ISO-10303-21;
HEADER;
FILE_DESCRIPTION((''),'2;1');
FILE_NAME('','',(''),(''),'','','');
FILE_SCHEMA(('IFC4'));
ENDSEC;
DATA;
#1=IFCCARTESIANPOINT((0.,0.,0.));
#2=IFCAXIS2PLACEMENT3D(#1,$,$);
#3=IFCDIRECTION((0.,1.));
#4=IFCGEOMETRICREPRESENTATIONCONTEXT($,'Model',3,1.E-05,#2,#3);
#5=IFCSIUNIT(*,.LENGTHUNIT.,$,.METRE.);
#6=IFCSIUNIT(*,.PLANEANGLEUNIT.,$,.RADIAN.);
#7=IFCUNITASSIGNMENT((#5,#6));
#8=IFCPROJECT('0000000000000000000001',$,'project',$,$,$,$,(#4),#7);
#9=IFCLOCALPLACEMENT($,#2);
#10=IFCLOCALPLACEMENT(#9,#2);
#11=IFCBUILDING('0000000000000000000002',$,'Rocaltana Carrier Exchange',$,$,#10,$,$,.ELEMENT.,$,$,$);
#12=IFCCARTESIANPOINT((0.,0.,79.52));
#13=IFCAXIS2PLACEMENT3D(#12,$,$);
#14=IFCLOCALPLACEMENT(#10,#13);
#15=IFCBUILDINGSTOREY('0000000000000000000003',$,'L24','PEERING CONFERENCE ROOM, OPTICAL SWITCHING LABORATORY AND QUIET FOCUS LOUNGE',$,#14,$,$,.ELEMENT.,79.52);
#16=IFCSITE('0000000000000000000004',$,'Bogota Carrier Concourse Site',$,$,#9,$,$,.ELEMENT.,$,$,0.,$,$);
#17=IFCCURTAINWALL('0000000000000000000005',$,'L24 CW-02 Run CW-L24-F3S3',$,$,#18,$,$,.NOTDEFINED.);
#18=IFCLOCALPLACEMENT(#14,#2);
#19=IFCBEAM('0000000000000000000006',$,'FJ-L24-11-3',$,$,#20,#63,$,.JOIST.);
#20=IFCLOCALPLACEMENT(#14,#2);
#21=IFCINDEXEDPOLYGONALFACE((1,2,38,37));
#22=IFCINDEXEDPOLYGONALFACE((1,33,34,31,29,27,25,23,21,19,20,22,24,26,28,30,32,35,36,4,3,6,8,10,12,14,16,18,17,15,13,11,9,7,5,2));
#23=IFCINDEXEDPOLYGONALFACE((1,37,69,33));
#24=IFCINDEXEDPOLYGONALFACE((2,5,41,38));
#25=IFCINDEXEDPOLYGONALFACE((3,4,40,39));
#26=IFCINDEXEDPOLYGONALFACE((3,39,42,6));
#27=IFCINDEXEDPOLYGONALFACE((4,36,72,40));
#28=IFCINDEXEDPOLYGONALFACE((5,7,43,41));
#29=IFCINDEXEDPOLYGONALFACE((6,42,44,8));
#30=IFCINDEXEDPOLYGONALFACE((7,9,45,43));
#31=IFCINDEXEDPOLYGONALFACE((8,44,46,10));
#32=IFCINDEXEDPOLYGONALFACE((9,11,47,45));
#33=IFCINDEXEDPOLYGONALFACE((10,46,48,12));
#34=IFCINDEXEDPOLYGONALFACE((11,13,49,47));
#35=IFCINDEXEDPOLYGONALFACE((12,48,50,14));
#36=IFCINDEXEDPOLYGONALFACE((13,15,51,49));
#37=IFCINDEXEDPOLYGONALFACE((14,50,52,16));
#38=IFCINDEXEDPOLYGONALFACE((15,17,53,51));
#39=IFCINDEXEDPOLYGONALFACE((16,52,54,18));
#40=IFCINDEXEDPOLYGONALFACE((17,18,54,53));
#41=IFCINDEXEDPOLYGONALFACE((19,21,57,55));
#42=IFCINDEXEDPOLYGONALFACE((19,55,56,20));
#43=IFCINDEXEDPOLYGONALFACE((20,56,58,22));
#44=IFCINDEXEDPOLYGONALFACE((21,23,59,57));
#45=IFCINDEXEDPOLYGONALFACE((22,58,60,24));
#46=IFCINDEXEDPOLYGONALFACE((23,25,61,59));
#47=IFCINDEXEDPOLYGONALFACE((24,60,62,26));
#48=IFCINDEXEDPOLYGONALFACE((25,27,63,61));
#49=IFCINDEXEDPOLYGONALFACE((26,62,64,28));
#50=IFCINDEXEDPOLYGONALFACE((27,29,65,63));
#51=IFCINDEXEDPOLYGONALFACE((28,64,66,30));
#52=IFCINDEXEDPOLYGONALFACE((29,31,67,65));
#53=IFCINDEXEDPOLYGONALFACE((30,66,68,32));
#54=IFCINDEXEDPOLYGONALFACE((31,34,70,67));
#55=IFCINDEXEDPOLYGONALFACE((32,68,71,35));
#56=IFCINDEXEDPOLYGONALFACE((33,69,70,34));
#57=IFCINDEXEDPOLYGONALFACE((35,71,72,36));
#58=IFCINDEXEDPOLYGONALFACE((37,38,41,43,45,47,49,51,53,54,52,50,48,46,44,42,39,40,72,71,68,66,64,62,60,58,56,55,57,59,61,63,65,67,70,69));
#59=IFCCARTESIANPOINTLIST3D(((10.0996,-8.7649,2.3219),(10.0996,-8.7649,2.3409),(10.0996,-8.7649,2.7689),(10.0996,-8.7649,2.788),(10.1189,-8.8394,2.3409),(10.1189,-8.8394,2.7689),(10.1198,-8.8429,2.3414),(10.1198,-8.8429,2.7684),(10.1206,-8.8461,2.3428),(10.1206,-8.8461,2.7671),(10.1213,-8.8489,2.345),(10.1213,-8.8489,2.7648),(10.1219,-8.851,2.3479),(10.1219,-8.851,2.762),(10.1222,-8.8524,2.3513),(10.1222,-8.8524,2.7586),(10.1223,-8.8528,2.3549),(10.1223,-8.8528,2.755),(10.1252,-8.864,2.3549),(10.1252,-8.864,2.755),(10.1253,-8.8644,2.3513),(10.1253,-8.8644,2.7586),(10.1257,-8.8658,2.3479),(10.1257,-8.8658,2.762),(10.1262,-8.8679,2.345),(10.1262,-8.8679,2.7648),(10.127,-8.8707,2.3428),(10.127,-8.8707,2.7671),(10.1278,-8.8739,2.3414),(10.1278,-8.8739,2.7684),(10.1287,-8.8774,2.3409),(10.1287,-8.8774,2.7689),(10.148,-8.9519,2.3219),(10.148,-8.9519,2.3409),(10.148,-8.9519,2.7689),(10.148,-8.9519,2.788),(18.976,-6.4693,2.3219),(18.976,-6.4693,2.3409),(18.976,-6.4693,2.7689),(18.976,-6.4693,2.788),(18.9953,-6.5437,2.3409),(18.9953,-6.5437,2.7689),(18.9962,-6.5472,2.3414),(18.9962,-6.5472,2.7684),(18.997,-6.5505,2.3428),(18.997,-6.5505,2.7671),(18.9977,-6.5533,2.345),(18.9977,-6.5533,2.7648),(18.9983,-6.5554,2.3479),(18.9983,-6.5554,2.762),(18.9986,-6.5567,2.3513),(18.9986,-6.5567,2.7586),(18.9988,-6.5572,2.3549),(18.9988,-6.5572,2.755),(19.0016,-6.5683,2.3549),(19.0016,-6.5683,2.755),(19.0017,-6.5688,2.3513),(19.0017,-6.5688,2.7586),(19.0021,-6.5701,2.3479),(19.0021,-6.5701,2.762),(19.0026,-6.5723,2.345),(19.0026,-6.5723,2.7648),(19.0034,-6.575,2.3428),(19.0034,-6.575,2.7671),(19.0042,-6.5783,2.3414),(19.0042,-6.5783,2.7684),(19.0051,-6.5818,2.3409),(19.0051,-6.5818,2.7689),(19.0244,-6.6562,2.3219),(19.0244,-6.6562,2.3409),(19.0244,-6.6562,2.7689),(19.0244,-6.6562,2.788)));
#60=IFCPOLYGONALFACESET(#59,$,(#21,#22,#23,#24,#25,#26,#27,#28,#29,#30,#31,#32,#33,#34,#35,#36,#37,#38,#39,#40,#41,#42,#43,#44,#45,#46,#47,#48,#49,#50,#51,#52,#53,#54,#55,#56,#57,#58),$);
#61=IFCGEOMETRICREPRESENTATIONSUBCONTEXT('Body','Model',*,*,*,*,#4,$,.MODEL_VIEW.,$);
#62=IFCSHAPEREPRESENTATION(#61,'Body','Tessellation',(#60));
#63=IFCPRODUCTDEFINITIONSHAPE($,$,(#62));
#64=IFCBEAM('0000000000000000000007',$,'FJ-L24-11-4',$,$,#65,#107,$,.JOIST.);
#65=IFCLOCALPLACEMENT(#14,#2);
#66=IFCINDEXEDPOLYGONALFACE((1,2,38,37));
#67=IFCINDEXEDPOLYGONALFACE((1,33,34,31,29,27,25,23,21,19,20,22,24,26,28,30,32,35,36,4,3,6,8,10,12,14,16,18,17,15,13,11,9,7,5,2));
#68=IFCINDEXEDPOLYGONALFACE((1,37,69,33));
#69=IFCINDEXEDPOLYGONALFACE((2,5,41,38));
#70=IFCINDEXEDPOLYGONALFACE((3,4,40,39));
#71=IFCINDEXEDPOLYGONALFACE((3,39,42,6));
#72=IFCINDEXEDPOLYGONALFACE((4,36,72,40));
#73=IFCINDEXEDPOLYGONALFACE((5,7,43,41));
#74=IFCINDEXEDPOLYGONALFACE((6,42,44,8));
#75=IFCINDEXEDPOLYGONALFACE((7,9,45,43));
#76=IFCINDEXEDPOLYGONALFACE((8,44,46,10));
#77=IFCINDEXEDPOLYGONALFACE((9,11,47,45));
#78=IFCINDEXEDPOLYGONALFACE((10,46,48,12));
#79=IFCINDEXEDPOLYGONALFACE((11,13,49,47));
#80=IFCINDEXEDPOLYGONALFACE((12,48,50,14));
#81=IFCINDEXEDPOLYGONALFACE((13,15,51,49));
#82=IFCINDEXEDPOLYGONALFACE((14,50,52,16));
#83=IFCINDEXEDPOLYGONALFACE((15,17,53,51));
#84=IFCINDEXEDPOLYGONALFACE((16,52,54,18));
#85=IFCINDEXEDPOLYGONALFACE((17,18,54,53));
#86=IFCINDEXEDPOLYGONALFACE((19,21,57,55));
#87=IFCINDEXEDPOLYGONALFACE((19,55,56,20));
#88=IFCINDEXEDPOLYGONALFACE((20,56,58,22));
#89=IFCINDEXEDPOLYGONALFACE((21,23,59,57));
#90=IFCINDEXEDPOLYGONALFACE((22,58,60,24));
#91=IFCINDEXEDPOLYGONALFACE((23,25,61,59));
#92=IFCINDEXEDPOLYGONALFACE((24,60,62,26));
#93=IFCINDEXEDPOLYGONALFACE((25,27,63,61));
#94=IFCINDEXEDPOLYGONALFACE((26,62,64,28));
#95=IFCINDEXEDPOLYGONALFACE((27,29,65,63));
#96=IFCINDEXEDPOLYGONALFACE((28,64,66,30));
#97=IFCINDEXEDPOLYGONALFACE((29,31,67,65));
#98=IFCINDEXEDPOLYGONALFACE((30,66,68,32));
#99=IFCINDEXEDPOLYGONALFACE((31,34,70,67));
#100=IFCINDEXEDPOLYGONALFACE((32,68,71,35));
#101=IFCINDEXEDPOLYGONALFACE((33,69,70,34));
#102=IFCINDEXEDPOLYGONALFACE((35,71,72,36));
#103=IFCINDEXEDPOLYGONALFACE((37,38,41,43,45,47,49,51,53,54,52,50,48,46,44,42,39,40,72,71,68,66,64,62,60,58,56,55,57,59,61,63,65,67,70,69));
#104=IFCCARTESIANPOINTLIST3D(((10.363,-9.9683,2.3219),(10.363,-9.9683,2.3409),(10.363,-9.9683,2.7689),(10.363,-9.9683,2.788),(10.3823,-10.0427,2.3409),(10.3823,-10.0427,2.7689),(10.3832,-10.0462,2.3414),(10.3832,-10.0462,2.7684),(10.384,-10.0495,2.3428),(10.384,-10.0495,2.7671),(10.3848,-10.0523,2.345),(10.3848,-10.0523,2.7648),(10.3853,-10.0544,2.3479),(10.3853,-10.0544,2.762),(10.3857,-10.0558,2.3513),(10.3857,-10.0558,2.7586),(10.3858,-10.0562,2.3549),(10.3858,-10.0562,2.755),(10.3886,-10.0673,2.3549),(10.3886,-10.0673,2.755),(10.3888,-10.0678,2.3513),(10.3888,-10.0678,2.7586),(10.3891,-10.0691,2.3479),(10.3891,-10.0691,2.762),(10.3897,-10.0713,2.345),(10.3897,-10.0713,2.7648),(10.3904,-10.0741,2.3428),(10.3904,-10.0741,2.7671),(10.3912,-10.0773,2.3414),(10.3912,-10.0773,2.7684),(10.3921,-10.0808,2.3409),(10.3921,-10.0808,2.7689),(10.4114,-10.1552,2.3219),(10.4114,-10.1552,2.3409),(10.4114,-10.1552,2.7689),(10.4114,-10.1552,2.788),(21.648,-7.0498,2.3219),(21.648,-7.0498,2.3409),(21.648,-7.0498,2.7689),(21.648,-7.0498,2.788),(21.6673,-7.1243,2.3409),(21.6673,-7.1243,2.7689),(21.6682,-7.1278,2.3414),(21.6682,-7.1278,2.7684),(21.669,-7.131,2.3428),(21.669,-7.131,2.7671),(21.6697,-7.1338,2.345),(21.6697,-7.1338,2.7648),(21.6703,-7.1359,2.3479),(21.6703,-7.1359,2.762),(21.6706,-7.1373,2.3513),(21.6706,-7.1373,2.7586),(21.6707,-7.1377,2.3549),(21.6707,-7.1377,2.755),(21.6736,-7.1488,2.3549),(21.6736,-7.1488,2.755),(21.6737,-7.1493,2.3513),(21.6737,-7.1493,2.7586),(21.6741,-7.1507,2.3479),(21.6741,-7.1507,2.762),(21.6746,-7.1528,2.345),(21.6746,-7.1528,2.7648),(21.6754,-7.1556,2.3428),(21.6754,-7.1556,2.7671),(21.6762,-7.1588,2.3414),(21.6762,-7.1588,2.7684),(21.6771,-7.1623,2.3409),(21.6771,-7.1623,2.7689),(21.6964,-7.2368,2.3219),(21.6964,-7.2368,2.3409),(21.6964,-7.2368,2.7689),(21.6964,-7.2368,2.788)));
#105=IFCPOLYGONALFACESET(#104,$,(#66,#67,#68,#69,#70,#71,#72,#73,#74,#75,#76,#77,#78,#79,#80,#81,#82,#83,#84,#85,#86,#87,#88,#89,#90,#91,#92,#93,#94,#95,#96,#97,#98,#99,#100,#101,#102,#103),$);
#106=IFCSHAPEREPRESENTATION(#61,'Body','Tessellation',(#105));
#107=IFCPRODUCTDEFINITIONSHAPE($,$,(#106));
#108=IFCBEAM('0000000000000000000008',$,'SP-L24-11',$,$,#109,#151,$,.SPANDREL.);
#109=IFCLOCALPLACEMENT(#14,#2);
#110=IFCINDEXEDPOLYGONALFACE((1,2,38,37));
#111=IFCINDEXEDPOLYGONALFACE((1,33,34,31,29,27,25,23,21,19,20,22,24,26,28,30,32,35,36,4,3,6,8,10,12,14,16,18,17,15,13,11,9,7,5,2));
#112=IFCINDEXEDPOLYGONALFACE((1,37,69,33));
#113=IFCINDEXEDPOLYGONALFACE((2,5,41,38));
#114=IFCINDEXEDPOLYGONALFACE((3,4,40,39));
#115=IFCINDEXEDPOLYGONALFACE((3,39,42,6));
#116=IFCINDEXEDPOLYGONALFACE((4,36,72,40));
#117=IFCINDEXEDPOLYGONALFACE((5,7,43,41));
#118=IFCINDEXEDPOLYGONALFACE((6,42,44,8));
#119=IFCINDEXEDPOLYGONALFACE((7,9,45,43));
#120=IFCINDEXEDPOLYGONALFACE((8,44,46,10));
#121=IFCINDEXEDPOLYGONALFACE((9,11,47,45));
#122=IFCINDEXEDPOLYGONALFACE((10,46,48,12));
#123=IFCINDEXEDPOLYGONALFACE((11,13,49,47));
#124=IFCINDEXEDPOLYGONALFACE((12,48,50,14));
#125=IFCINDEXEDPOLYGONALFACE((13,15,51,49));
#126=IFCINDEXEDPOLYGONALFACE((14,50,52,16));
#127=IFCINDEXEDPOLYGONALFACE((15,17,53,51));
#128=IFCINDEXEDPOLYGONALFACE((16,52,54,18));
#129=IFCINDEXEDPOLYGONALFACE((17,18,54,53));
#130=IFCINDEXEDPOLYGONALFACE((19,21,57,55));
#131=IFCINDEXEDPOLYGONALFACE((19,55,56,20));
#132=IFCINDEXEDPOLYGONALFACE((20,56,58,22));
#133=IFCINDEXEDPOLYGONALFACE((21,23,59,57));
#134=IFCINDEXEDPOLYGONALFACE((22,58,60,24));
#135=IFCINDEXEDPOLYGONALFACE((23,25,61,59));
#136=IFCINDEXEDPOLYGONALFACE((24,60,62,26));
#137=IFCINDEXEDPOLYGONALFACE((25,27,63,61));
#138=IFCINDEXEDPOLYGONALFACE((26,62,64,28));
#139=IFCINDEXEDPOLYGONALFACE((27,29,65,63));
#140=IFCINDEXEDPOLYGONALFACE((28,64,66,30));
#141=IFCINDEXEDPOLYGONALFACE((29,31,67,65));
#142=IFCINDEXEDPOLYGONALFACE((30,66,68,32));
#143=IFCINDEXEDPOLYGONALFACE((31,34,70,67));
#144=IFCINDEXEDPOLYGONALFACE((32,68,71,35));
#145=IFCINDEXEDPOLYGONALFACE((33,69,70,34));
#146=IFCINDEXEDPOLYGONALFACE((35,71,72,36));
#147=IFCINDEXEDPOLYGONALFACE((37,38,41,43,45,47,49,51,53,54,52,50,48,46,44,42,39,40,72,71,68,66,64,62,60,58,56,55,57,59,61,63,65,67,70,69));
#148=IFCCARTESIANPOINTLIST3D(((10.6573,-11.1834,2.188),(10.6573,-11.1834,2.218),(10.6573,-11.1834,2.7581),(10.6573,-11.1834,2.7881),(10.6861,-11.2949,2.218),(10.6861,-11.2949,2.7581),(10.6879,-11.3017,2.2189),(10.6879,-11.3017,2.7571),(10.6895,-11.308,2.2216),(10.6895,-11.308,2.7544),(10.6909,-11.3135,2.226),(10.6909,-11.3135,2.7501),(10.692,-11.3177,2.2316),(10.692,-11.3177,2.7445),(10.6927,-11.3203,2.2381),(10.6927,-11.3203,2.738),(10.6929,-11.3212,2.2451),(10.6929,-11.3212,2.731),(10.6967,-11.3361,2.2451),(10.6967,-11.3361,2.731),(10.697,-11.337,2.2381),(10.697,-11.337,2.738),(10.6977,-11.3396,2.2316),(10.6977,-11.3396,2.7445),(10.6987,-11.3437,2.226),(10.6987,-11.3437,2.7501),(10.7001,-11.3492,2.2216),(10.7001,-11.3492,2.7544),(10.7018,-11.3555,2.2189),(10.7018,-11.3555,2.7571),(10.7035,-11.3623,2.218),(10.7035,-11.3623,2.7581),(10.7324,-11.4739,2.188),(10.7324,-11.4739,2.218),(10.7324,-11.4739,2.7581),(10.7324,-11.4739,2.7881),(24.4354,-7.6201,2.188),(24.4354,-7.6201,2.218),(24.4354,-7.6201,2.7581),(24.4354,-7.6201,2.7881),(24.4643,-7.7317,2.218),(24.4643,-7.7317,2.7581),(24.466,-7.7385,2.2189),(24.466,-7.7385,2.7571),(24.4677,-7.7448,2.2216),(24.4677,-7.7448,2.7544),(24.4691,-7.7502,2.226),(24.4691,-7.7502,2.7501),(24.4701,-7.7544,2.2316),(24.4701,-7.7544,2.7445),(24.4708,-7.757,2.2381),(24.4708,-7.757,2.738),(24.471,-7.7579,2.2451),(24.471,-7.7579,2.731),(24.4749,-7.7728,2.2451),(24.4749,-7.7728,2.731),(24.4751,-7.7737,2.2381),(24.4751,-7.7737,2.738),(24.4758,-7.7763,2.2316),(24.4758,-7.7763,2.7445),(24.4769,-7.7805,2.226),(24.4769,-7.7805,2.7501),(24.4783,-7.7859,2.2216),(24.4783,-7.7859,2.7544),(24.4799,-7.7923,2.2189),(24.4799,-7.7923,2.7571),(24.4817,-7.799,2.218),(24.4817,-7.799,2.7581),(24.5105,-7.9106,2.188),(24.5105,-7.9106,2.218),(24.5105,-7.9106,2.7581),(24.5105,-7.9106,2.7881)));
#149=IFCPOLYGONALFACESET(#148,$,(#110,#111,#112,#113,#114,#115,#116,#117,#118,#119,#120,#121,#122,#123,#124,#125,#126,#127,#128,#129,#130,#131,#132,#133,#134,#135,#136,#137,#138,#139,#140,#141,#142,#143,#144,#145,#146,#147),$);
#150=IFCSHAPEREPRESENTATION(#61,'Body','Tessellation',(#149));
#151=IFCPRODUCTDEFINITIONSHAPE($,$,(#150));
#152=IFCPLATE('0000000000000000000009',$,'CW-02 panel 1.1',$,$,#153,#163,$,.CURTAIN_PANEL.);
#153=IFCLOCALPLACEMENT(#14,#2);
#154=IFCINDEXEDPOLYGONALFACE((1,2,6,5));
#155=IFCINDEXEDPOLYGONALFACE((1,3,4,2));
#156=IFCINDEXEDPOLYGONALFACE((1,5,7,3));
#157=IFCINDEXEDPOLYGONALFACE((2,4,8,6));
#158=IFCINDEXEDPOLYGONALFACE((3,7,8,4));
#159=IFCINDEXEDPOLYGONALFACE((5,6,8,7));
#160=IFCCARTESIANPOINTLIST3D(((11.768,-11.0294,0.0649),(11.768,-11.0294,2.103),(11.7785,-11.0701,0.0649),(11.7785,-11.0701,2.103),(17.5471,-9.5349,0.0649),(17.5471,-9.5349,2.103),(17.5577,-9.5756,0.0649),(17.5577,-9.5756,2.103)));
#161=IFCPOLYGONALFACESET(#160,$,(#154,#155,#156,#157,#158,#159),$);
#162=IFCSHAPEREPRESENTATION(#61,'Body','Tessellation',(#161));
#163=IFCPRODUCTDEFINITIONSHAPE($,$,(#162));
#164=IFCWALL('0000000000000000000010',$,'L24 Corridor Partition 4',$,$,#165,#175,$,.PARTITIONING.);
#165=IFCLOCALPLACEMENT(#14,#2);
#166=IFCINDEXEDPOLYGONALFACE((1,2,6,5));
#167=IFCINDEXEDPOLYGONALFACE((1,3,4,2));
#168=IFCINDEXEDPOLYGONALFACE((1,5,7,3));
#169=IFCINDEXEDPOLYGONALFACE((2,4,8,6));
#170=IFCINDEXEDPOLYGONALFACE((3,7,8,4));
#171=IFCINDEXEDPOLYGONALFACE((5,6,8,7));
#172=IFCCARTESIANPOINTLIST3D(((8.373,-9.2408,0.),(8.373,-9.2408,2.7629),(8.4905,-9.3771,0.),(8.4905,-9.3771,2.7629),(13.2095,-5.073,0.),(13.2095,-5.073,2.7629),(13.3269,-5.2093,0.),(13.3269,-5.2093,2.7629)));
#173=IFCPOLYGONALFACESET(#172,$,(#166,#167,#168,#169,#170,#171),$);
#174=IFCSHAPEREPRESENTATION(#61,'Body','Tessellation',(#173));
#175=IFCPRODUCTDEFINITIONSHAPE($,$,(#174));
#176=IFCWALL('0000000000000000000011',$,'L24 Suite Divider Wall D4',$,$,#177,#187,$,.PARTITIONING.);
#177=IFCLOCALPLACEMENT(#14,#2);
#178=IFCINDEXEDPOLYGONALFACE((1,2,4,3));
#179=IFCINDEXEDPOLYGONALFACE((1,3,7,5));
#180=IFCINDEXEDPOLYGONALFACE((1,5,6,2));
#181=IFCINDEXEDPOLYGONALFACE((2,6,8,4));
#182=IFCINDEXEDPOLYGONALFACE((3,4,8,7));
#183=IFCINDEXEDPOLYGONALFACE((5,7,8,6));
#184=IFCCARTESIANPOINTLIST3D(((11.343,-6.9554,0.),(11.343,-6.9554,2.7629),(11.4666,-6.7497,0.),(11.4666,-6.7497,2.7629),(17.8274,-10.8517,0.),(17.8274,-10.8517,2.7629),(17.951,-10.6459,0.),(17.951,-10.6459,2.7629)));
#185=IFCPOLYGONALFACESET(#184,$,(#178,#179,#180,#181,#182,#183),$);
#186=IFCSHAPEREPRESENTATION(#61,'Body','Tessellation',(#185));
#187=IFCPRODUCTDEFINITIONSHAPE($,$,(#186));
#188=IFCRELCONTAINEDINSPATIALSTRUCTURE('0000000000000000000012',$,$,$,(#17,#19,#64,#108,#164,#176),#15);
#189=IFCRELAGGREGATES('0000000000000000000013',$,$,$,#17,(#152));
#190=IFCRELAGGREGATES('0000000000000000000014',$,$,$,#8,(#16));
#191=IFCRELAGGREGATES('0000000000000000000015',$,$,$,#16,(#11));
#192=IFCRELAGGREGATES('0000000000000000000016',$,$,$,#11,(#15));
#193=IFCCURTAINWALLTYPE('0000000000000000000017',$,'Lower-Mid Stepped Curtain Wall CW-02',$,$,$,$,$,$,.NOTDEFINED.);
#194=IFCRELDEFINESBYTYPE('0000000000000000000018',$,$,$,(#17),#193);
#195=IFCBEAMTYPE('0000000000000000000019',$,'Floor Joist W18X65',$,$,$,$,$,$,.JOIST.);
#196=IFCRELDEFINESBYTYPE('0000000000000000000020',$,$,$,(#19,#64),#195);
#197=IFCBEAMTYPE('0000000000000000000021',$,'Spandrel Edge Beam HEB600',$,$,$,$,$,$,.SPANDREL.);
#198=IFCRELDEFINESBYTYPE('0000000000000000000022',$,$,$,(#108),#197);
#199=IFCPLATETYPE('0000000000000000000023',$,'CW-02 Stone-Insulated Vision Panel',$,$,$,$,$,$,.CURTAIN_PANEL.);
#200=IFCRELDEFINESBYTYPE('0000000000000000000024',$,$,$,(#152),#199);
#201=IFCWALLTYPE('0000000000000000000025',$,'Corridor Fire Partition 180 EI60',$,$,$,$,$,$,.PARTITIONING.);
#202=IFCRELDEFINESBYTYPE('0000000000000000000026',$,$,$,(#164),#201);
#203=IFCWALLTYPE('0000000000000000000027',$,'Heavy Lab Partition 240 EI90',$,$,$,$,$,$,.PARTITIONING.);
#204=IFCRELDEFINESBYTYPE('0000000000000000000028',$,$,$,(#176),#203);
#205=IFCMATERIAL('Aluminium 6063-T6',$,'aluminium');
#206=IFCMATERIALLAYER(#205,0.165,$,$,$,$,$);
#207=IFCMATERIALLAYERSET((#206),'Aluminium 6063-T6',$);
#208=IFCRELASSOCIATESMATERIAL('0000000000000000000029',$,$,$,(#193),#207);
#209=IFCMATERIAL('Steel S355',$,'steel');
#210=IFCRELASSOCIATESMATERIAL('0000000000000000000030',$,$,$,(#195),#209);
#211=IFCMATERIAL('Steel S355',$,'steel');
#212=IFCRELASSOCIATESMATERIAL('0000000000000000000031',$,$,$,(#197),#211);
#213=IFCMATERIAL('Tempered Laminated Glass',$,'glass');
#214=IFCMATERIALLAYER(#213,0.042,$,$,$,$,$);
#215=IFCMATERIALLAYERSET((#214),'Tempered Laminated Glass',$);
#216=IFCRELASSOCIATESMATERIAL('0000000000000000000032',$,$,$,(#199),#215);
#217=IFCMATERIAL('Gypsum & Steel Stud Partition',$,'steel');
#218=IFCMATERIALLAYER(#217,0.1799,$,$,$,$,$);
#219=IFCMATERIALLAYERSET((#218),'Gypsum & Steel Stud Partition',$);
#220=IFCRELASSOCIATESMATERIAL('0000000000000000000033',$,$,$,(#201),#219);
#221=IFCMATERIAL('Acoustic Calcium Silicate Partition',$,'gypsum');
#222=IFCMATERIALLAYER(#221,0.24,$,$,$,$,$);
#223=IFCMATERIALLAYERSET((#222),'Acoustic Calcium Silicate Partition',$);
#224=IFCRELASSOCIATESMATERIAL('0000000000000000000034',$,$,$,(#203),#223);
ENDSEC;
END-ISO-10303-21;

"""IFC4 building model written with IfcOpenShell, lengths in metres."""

from ifc_helpers import new_model, si_unit, direction, frame, frame_2d, origin, origin_2d, place, context, subcontext, project, spatial, rectangle, i_section, extrude, material, layer, layer_set, material_profile, profile_set, type_object, element, aggregate, save


model = new_model("IFC4")

# Units and contexts
model_context = context("Model", 3, precision=1e-05, world=origin(), true_north=direction((0.0, 1.0)))
body_context = subcontext(model_context, "Body", "Model", "MODEL_VIEW")
ifc_project = project(units=[si_unit("LENGTHUNIT", "METRE"), si_unit("PLANEANGLEUNIT", "RADIAN")], contexts=[model_context])

# Site, building, storey
site_placement = place(None, origin())
site = spatial("IfcSite", under=ifc_project, at=site_placement, Name="Bogota Carrier Concourse Site", CompositionType="ELEMENT", RefElevation=0.0)
building_placement = place(site_placement, origin())
building = spatial("IfcBuilding", under=site, at=building_placement, Name="Rocaltana Carrier Exchange", CompositionType="ELEMENT")
storey_placement = place(building_placement, frame((0.0, 0.0, 79.52)))
storey = spatial("IfcBuildingStorey", under=building, at=storey_placement, Name="L24", Description="PEERING CONFERENCE ROOM, OPTICAL SWITCHING LABORATORY AND QUIET FOCUS LOUNGE", CompositionType="ELEMENT", Elevation=79.52)

# Curtain wall
ifc_material_1 = material(Name="Aluminium 6063-T6", Category="aluminium")
ifc_layer_1 = layer(ifc_material_1, 0.165)
ifc_layer_set_1 = layer_set([ifc_layer_1], Name="Aluminium 6063-T6")
curtain_wall_type = type_object("IfcCurtainWallType", Name="Lower-Mid Stepped Curtain Wall CW-02", PredefinedType="NOTDEFINED", material=ifc_layer_set_1)
curtain_wall_placement = place(storey_placement, origin())
curtain_wall = element("IfcCurtainWall", 1, at=curtain_wall_placement, inside=storey, type_object=curtain_wall_type, Name="L24 CW-02 Run CW-L24-F3S3", PredefinedType="NOTDEFINED")

# Beams
ifc_material_2 = material(Name="Steel S355", Category="steel")
ifc_material_profile_1 = material_profile(ifc_material_2, i_section(OverallWidth=0.1931, OverallDepth=0.4661, WebThickness=0.0115, FlangeThickness=0.019, FilletRadius=0.0139, at=origin_2d()), Name="W18X65")
ifc_profile_set_1 = profile_set([ifc_material_profile_1], Name="Steel S355")
beam_type_1 = type_object("IfcBeamType", Name="Floor Joist W18X65", PredefinedType="JOIST", material=ifc_profile_set_1)
beam_1_placement = place(storey_placement, frame((10.1238, -8.8584, 2.5549), z_axis=(0.968146, 0.250385, 0.0), x_axis=(-0.250385, 0.968146, 0.0)))
element("IfcBeam", 2, at=beam_1_placement, inside=storey, type_object=beam_type_1, Name="FJ-L24-11-3", PredefinedType="JOIST", context=body_context, shape_type="SweptSolid", body=[
    extrude(i_section(OverallWidth=0.1931, OverallDepth=0.4661, WebThickness=0.0115, FlangeThickness=0.019, FilletRadius=0.0139, at=origin_2d()), origin(), (0.0, 0.0, 1.0), 9.1685),
])
beam_2_placement = place(storey_placement, frame((10.3872, -10.0618, 2.5549), z_axis=(0.968148, 0.250378, 0.0), x_axis=(-0.250378, 0.968148, 0.0)))
element("IfcBeam", 3, at=beam_2_placement, inside=storey, type_object=beam_type_1, Name="FJ-L24-11-4", PredefinedType="JOIST", context=body_context, shape_type="SweptSolid", body=[
    extrude(i_section(OverallWidth=0.1931, OverallDepth=0.4661, WebThickness=0.0115, FlangeThickness=0.019, FilletRadius=0.0139, at=origin_2d()), origin(), (0.0, 0.0, 1.0), 11.6562),
])
ifc_material_3 = material(Name="Steel S355", Category="steel")
ifc_material_profile_2 = material_profile(ifc_material_3, i_section(OverallWidth=0.3, OverallDepth=0.6001, WebThickness=0.0154, FlangeThickness=0.03, FilletRadius=0.0271, at=origin_2d()), Name="HEB600")
ifc_profile_set_2 = profile_set([ifc_material_profile_2], Name="Steel S355")
beam_type_2 = type_object("IfcBeamType", Name="Spandrel Edge Beam HEB600", PredefinedType="SPANDREL", material=ifc_profile_set_2)
beam_3_placement = place(storey_placement, frame((10.6948, -11.3286, 2.488), z_axis=(0.968148, 0.250379, 0.0), x_axis=(-0.250379, 0.968148, 0.0)))
element("IfcBeam", 4, at=beam_3_placement, inside=storey, type_object=beam_type_2, Name="SP-L24-11", PredefinedType="SPANDREL", context=body_context, shape_type="SweptSolid", body=[
    extrude(i_section(OverallWidth=0.3, OverallDepth=0.6001, WebThickness=0.0154, FlangeThickness=0.03, FilletRadius=0.0271, at=origin_2d()), origin(), (0.0, 0.0, 1.0), 14.2314),
])

# Plate
ifc_material_4 = material(Name="Tempered Laminated Glass", Category="glass")
ifc_layer_2 = layer(ifc_material_4, 0.042)
ifc_layer_set_2 = layer_set([ifc_layer_2], Name="Tempered Laminated Glass")
plate_type = type_object("IfcPlateType", Name="CW-02 Stone-Insulated Vision Panel", PredefinedType="CURTAIN_PANEL", material=ifc_layer_set_2)
plate_placement = place(storey_placement, frame((14.6628, -10.3025, 0.0649), z_axis=(0.0, 0.0, 1.0), x_axis=(0.96815, 0.25037, 0.0)))
plate = element("IfcPlate", 5, at=plate_placement, type_object=plate_type, Name="CW-02 panel 1.1", PredefinedType="CURTAIN_PANEL", context=body_context, shape_type="SweptSolid", body=[
    extrude(rectangle(XDim=5.9692, YDim=0.042, at=origin_2d()), origin(), (0.0, 0.0, 1.0), 2.0381),
])
aggregate(curtain_wall, [plate])

# Walls
ifc_material_5 = material(Name="Gypsum & Steel Stud Partition", Category="steel")
ifc_layer_3 = layer(ifc_material_5, 0.1799)
ifc_layer_set_3 = layer_set([ifc_layer_3], Name="Gypsum & Steel Stud Partition")
wall_type_1 = type_object("IfcWallType", Name="Corridor Fire Partition 180 EI60", PredefinedType="PARTITIONING", material=ifc_layer_set_3)
wall_1_placement = place(storey_placement, frame((13.2683, -5.1411, 0.0), z_axis=(0.0, 0.0, 1.0), x_axis=(-0.757535, -0.652795, 0.0)))
element("IfcWall", 6, at=wall_1_placement, inside=storey, type_object=wall_type_1, Name="L24 Corridor Partition 4", PredefinedType="PARTITIONING", context=body_context, shape_type="SweptSolid", body=[
    extrude(rectangle(XDim=6.3845, YDim=0.1799, at=frame_2d((3.1924, 0.0))), origin(), (0.0, 0.0, 1.0), 2.7629),
])
ifc_material_6 = material(Name="Acoustic Calcium Silicate Partition", Category="gypsum")
ifc_layer_4 = layer(ifc_material_6, 0.24)
ifc_layer_set_4 = layer_set([ifc_layer_4], Name="Acoustic Calcium Silicate Partition")
wall_type_2 = type_object("IfcWallType", Name="Heavy Lab Partition 240 EI90", PredefinedType="PARTITIONING", material=ifc_layer_set_4)
wall_2_placement = place(storey_placement, frame((11.4048, -6.8525, 0.0), z_axis=(0.0, 0.0, 1.0), x_axis=(0.857165, -0.515041, 0.0)))
element("IfcWall", 7, at=wall_2_placement, inside=storey, type_object=wall_type_2, Name="L24 Suite Divider Wall D4", PredefinedType="PARTITIONING", context=body_context, shape_type="SweptSolid", body=[
    extrude(rectangle(XDim=7.5649, YDim=0.24, at=frame_2d((3.7825, 0.0))), origin(), (0.0, 0.0, 1.0), 2.7629),
])

save(model, "model.ifc")
